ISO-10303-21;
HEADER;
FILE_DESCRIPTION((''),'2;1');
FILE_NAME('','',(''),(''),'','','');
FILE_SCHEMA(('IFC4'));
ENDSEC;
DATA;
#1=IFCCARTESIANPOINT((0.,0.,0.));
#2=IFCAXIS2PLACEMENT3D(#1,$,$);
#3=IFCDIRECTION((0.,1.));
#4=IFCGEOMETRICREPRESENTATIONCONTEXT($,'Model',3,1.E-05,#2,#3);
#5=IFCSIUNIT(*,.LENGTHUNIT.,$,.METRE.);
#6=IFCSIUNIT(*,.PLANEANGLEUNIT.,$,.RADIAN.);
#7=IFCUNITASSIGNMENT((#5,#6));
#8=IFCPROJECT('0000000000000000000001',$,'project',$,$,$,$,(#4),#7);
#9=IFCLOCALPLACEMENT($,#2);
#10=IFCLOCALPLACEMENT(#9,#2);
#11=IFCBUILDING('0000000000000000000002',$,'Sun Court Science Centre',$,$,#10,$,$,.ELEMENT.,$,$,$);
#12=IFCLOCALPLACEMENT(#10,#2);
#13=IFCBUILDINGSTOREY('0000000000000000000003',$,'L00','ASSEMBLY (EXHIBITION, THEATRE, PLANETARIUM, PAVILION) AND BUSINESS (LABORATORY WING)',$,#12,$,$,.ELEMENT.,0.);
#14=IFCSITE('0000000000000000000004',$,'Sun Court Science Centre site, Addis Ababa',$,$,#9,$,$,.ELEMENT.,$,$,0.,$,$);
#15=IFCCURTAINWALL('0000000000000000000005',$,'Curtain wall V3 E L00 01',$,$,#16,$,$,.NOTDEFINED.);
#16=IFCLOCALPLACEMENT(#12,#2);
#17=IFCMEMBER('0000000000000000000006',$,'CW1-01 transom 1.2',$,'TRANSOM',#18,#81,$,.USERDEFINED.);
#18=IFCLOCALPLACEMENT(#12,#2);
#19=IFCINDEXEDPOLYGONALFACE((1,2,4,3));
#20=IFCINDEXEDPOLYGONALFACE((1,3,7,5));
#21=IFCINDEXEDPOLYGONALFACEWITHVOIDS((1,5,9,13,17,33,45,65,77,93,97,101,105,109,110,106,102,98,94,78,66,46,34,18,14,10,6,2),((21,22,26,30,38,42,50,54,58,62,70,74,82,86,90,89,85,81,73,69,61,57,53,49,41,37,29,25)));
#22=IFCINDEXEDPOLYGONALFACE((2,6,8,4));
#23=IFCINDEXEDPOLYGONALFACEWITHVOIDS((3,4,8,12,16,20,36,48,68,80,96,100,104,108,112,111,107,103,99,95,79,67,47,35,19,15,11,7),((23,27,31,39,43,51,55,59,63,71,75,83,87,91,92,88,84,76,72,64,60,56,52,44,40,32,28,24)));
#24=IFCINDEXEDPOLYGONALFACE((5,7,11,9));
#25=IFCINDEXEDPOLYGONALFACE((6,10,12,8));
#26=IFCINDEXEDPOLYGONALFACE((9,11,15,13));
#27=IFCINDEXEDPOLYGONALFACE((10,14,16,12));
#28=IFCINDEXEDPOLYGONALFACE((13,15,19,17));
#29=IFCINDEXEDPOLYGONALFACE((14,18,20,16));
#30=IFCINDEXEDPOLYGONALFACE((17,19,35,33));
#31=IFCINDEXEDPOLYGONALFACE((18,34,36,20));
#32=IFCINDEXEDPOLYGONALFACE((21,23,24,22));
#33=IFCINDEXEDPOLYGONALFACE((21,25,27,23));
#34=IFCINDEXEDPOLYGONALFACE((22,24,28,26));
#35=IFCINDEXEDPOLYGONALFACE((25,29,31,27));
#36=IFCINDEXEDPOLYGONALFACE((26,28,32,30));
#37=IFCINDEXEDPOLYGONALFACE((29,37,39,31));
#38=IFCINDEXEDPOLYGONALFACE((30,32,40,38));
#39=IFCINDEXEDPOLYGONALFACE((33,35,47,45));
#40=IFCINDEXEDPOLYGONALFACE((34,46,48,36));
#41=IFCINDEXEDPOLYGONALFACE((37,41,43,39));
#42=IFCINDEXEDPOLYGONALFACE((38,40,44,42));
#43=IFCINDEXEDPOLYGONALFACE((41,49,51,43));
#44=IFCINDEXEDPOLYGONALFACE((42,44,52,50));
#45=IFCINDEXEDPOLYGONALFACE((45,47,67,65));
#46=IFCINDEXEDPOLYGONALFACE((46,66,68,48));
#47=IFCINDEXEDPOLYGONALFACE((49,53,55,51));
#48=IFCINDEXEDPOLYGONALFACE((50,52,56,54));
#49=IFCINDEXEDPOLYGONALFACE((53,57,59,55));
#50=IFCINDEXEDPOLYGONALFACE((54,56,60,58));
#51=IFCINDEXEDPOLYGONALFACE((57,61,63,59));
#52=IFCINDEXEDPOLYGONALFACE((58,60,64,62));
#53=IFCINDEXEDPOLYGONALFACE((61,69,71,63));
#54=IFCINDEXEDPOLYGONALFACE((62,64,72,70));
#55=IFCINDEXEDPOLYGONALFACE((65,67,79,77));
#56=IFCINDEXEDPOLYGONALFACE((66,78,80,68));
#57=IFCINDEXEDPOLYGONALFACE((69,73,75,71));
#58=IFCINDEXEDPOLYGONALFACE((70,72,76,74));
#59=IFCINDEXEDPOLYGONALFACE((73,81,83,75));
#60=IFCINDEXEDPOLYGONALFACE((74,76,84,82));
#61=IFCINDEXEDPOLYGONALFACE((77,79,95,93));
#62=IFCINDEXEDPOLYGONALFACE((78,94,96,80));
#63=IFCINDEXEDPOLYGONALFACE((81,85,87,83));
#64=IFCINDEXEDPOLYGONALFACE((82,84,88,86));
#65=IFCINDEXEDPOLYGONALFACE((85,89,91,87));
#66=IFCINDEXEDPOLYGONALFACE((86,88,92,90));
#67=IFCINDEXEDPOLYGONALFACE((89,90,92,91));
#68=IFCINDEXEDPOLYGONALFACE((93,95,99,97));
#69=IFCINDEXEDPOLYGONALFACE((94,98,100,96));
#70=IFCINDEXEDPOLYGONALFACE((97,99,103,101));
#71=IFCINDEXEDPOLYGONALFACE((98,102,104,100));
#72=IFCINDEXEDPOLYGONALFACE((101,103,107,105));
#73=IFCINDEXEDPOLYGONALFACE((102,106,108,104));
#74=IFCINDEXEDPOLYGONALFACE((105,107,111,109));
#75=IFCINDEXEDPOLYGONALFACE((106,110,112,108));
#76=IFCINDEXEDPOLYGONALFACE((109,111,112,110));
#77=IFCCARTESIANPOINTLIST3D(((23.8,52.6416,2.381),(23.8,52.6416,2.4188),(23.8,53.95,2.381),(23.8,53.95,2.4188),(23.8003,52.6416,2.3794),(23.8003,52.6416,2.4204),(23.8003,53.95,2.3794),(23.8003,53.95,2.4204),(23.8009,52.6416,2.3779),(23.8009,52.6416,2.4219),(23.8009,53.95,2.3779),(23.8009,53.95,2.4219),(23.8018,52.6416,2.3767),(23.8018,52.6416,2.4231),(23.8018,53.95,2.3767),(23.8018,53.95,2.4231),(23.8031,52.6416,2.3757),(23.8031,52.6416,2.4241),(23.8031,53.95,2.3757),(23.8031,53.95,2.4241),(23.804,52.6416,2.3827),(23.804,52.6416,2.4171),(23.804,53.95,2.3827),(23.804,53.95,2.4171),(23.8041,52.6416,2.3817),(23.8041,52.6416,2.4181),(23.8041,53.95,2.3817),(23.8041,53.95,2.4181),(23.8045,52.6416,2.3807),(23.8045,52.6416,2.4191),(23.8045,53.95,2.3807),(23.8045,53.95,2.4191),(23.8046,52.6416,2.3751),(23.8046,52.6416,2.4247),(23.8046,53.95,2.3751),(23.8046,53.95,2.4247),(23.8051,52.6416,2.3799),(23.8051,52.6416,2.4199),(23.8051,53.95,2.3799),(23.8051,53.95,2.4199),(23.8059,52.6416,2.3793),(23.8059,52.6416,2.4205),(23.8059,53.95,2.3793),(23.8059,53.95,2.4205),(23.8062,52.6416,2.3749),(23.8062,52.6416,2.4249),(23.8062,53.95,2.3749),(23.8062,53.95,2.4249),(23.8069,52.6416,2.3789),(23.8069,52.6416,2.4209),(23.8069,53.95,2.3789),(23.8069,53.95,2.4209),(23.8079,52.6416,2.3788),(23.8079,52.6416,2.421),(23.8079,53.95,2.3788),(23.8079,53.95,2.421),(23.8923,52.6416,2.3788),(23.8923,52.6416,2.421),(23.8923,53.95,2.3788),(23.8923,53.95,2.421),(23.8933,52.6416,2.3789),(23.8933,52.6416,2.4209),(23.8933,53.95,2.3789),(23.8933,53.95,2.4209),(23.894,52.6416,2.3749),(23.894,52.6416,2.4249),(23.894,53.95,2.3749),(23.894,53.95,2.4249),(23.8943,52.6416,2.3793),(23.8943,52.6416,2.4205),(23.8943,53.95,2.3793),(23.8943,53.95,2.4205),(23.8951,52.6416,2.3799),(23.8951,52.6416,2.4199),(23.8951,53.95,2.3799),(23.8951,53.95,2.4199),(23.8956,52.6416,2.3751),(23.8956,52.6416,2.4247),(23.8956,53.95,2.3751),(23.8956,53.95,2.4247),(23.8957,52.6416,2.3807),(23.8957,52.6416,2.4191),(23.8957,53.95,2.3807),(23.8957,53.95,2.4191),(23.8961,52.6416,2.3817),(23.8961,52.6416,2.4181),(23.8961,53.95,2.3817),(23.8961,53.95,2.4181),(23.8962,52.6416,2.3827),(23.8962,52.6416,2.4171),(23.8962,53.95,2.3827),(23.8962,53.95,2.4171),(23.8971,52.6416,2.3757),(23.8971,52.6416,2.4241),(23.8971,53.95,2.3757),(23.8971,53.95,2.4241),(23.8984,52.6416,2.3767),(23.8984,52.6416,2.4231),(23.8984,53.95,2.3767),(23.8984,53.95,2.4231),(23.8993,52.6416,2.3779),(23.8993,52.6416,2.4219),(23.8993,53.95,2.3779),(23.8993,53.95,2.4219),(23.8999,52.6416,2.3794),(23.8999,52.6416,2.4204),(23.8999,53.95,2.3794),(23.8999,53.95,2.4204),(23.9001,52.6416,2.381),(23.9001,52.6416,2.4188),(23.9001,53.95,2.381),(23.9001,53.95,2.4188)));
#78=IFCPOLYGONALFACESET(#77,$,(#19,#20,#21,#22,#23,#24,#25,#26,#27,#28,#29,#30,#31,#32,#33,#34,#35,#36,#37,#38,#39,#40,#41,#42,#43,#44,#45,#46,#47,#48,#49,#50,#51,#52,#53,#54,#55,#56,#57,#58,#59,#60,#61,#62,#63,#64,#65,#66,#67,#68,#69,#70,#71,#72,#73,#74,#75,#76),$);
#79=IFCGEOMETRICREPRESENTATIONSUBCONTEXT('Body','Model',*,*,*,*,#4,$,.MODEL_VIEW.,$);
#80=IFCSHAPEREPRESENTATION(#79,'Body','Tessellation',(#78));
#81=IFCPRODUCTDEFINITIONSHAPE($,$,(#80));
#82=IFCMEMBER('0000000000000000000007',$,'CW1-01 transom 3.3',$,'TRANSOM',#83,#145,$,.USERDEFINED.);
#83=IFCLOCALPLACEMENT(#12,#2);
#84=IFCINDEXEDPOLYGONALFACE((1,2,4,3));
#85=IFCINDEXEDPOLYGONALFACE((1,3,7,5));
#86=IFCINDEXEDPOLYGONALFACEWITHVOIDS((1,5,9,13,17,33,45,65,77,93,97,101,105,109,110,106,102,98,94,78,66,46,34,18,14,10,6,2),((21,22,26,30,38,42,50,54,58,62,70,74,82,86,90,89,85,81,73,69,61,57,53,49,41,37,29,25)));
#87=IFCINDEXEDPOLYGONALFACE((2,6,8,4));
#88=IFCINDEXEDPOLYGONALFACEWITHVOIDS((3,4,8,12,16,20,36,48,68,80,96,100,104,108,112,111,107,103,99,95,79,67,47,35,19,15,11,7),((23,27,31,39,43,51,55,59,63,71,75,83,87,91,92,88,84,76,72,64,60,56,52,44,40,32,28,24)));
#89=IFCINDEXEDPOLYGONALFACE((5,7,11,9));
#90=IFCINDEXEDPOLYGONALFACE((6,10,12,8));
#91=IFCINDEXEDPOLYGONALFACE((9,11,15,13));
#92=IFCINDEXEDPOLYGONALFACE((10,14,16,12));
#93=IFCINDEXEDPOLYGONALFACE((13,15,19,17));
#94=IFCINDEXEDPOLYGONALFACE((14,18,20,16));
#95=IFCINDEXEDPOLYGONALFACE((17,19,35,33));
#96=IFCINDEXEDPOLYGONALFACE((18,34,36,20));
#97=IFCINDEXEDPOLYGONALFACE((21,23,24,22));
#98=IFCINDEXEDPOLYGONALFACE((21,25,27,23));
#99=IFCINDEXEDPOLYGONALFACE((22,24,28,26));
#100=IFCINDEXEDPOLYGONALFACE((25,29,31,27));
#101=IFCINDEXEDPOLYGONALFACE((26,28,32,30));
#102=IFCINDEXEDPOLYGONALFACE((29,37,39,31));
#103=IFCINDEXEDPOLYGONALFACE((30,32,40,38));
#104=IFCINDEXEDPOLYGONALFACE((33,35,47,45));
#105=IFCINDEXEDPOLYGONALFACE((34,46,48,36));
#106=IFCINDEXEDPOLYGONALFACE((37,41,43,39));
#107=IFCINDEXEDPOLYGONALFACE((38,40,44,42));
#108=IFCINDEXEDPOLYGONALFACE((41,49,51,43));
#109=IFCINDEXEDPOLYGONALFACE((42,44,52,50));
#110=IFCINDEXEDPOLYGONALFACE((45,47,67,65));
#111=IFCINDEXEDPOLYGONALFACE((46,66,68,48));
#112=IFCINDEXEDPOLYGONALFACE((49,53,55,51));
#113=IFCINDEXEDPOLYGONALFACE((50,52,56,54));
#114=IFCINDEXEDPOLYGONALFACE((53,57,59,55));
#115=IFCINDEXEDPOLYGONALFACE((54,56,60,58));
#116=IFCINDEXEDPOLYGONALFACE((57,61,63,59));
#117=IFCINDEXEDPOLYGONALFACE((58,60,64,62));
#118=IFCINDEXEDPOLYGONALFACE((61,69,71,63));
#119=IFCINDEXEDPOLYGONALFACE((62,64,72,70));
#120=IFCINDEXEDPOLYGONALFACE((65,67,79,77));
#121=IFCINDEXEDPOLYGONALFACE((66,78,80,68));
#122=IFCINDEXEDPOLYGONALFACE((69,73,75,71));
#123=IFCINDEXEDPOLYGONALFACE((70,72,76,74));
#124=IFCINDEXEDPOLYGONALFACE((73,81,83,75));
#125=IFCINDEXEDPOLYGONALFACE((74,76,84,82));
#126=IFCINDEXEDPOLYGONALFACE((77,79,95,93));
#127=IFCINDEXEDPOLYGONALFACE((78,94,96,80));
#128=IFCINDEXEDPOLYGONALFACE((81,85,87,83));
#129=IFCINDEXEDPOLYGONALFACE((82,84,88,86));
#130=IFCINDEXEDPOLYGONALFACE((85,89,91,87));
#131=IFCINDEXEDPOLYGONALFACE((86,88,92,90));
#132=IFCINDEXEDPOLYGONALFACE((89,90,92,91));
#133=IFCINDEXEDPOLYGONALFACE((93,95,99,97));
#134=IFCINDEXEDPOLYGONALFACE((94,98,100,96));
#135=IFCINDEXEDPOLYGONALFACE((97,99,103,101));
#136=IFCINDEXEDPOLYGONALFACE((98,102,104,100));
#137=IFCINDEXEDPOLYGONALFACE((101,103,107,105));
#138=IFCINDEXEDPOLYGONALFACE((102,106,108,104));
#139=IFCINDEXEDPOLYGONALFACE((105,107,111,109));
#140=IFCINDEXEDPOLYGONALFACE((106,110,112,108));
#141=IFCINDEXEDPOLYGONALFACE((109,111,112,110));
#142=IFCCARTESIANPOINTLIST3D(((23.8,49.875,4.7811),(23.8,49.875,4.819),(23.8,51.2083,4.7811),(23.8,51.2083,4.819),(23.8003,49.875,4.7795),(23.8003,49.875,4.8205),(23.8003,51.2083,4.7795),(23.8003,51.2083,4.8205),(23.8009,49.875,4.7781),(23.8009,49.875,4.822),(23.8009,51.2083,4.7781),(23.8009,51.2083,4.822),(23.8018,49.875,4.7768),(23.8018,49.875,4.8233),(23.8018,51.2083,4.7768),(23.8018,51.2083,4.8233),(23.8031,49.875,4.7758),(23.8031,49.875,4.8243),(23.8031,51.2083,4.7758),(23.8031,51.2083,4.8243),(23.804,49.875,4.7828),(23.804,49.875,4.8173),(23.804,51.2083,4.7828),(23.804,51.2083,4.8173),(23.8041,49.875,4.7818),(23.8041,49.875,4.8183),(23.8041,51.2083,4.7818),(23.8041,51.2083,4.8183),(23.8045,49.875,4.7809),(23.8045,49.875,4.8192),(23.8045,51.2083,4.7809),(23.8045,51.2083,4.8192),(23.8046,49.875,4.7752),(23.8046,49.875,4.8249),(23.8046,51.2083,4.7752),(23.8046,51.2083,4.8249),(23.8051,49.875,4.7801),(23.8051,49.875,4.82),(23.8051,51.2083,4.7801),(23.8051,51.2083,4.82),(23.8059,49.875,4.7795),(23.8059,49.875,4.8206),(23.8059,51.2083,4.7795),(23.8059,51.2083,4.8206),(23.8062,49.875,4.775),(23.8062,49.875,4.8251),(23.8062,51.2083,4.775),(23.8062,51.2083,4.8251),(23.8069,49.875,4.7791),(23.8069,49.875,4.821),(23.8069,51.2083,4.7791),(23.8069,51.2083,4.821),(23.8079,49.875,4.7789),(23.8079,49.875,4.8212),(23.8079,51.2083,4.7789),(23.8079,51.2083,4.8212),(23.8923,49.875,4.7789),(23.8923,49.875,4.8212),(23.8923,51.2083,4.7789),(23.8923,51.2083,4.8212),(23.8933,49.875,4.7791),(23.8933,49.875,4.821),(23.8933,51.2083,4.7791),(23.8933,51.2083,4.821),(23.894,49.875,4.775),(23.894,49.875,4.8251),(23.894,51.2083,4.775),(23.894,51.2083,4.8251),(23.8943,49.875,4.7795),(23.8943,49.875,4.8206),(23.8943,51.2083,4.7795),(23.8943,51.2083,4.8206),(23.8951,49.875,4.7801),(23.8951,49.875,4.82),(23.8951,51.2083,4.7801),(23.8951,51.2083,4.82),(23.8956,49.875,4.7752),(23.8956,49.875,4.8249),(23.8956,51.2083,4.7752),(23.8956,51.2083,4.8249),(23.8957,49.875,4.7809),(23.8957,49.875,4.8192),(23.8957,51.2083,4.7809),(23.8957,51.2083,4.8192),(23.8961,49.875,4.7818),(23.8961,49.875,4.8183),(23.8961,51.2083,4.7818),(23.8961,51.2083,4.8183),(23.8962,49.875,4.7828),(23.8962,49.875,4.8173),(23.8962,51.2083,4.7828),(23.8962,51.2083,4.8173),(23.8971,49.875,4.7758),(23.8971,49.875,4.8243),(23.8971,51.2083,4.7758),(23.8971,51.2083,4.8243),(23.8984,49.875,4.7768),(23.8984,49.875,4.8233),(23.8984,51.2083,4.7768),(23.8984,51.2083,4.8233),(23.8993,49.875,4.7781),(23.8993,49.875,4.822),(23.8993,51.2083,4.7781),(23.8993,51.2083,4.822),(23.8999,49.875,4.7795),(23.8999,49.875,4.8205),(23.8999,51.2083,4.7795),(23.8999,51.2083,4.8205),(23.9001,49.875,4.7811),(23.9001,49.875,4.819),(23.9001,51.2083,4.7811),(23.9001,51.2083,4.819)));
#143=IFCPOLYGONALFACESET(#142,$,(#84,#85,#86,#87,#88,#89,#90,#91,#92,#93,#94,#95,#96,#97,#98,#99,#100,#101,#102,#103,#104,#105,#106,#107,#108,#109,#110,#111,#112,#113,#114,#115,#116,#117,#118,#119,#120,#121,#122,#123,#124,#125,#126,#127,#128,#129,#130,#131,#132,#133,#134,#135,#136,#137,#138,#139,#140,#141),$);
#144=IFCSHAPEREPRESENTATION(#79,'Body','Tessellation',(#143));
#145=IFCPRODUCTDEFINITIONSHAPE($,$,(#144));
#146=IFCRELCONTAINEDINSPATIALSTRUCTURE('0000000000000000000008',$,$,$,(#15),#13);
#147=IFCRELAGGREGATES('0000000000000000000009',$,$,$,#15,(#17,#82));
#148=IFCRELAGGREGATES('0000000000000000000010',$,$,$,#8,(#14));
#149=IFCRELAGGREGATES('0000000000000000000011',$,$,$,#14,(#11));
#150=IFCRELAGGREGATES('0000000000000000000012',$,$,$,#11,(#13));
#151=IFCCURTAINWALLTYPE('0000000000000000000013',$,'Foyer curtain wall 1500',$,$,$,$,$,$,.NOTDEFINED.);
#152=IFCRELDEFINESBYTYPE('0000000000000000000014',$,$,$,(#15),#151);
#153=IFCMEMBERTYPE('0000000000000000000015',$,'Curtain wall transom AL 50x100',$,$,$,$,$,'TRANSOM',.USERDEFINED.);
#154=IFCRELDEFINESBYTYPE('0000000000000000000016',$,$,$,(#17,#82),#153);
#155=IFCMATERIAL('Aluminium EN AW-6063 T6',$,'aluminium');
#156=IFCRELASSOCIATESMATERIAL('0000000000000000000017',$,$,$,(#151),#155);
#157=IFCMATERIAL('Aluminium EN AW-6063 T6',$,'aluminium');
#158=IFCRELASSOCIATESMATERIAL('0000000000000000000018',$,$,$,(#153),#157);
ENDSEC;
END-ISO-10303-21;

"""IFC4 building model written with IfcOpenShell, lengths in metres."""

from ifc_helpers import new_model, si_unit, direction, frame, origin, origin_2d, place, context, subcontext, project, spatial, hollow_rectangle, extrude, material, material_profile, profile_set, type_object, element, aggregate, save


model = new_model("IFC4")

# Units and contexts
model_context = context("Model", 3, precision=1e-05, world=origin(), true_north=direction((0.0, 1.0)))
body_context = subcontext(model_context, "Body", "Model", "MODEL_VIEW")
ifc_project = project(units=[si_unit("LENGTHUNIT", "METRE"), si_unit("PLANEANGLEUNIT", "RADIAN")], contexts=[model_context])

# Site, building, storey
site_placement = place(None, origin())
site = spatial("IfcSite", under=ifc_project, at=site_placement, Name="Sun Court Science Centre site, Addis Ababa", CompositionType="ELEMENT", RefElevation=0.0)
building_placement = place(site_placement, origin())
building = spatial("IfcBuilding", under=site, at=building_placement, Name="Sun Court Science Centre", CompositionType="ELEMENT")
storey_placement = place(building_placement, origin())
storey = spatial("IfcBuildingStorey", under=building, at=storey_placement, Name="L00", Description="ASSEMBLY (EXHIBITION, THEATRE, PLANETARIUM, PAVILION) AND BUSINESS (LABORATORY WING)", CompositionType="ELEMENT", Elevation=0.0)

# Curtain wall
ifc_material_1 = material(Name="Aluminium EN AW-6063 T6", Category="aluminium")
curtain_wall_type_1 = type_object("IfcCurtainWallType", Name="Foyer curtain wall 1500", PredefinedType="NOTDEFINED", material=ifc_material_1)
curtain_wall_1_placement = place(storey_placement, origin())
curtain_wall_1 = element("IfcCurtainWall", 1, at=curtain_wall_1_placement, inside=storey, type_object=curtain_wall_type_1, Name="Curtain wall V3 E L00 01", PredefinedType="NOTDEFINED")

# Members
ifc_material_2 = material(Name="Aluminium EN AW-6063 T6", Category="aluminium")
ifc_material_profile_1 = material_profile(ifc_material_2, hollow_rectangle(XDim=0.05, YDim=0.1001, WallThickness=0.0039, InnerFilletRadius=0.0039, OuterFilletRadius=0.0061, at=origin_2d()), Name="AL 50x100x4")
ifc_profile_set_1 = profile_set([ifc_material_profile_1], Name="Aluminium EN AW-6063 T6")
member_type_1 = type_object("IfcMemberType", Name="Curtain wall transom AL 50x100", ElementType="TRANSOM", PredefinedType="USERDEFINED", material=ifc_profile_set_1)
member_1_placement = place(storey_placement, frame((23.8501, 53.95, 2.3999), z_axis=(0.0, -1.0, 0.0), x_axis=(0.0, 0.0, 1.0)))
member_1 = element("IfcMember", 2, at=member_1_placement, type_object=member_type_1, Name="CW1-01 transom 1.2", ObjectType="TRANSOM", PredefinedType="USERDEFINED", context=body_context, shape_type="SweptSolid", body=[
    extrude(hollow_rectangle(XDim=0.05, YDim=0.1001, WallThickness=0.0039, InnerFilletRadius=0.0039, OuterFilletRadius=0.0061, at=origin_2d()), origin(), (0.0, 0.0, 1.0), 1.3083),
])
member_2_placement = place(storey_placement, frame((23.8501, 51.2083, 4.8), z_axis=(0.0, -1.0, 0.0), x_axis=(0.0, 0.0, 1.0)))
member_2 = element("IfcMember", 3, at=member_2_placement, type_object=member_type_1, Name="CW1-01 transom 3.3", ObjectType="TRANSOM", PredefinedType="USERDEFINED", context=body_context, shape_type="SweptSolid", body=[
    extrude(hollow_rectangle(XDim=0.05, YDim=0.1001, WallThickness=0.0039, InnerFilletRadius=0.0039, OuterFilletRadius=0.0061, at=origin_2d()), origin(), (0.0, 0.0, 1.0), 1.3333),
])

aggregate(curtain_wall_1, [member_1, member_2])

save(model, "model.ifc")
